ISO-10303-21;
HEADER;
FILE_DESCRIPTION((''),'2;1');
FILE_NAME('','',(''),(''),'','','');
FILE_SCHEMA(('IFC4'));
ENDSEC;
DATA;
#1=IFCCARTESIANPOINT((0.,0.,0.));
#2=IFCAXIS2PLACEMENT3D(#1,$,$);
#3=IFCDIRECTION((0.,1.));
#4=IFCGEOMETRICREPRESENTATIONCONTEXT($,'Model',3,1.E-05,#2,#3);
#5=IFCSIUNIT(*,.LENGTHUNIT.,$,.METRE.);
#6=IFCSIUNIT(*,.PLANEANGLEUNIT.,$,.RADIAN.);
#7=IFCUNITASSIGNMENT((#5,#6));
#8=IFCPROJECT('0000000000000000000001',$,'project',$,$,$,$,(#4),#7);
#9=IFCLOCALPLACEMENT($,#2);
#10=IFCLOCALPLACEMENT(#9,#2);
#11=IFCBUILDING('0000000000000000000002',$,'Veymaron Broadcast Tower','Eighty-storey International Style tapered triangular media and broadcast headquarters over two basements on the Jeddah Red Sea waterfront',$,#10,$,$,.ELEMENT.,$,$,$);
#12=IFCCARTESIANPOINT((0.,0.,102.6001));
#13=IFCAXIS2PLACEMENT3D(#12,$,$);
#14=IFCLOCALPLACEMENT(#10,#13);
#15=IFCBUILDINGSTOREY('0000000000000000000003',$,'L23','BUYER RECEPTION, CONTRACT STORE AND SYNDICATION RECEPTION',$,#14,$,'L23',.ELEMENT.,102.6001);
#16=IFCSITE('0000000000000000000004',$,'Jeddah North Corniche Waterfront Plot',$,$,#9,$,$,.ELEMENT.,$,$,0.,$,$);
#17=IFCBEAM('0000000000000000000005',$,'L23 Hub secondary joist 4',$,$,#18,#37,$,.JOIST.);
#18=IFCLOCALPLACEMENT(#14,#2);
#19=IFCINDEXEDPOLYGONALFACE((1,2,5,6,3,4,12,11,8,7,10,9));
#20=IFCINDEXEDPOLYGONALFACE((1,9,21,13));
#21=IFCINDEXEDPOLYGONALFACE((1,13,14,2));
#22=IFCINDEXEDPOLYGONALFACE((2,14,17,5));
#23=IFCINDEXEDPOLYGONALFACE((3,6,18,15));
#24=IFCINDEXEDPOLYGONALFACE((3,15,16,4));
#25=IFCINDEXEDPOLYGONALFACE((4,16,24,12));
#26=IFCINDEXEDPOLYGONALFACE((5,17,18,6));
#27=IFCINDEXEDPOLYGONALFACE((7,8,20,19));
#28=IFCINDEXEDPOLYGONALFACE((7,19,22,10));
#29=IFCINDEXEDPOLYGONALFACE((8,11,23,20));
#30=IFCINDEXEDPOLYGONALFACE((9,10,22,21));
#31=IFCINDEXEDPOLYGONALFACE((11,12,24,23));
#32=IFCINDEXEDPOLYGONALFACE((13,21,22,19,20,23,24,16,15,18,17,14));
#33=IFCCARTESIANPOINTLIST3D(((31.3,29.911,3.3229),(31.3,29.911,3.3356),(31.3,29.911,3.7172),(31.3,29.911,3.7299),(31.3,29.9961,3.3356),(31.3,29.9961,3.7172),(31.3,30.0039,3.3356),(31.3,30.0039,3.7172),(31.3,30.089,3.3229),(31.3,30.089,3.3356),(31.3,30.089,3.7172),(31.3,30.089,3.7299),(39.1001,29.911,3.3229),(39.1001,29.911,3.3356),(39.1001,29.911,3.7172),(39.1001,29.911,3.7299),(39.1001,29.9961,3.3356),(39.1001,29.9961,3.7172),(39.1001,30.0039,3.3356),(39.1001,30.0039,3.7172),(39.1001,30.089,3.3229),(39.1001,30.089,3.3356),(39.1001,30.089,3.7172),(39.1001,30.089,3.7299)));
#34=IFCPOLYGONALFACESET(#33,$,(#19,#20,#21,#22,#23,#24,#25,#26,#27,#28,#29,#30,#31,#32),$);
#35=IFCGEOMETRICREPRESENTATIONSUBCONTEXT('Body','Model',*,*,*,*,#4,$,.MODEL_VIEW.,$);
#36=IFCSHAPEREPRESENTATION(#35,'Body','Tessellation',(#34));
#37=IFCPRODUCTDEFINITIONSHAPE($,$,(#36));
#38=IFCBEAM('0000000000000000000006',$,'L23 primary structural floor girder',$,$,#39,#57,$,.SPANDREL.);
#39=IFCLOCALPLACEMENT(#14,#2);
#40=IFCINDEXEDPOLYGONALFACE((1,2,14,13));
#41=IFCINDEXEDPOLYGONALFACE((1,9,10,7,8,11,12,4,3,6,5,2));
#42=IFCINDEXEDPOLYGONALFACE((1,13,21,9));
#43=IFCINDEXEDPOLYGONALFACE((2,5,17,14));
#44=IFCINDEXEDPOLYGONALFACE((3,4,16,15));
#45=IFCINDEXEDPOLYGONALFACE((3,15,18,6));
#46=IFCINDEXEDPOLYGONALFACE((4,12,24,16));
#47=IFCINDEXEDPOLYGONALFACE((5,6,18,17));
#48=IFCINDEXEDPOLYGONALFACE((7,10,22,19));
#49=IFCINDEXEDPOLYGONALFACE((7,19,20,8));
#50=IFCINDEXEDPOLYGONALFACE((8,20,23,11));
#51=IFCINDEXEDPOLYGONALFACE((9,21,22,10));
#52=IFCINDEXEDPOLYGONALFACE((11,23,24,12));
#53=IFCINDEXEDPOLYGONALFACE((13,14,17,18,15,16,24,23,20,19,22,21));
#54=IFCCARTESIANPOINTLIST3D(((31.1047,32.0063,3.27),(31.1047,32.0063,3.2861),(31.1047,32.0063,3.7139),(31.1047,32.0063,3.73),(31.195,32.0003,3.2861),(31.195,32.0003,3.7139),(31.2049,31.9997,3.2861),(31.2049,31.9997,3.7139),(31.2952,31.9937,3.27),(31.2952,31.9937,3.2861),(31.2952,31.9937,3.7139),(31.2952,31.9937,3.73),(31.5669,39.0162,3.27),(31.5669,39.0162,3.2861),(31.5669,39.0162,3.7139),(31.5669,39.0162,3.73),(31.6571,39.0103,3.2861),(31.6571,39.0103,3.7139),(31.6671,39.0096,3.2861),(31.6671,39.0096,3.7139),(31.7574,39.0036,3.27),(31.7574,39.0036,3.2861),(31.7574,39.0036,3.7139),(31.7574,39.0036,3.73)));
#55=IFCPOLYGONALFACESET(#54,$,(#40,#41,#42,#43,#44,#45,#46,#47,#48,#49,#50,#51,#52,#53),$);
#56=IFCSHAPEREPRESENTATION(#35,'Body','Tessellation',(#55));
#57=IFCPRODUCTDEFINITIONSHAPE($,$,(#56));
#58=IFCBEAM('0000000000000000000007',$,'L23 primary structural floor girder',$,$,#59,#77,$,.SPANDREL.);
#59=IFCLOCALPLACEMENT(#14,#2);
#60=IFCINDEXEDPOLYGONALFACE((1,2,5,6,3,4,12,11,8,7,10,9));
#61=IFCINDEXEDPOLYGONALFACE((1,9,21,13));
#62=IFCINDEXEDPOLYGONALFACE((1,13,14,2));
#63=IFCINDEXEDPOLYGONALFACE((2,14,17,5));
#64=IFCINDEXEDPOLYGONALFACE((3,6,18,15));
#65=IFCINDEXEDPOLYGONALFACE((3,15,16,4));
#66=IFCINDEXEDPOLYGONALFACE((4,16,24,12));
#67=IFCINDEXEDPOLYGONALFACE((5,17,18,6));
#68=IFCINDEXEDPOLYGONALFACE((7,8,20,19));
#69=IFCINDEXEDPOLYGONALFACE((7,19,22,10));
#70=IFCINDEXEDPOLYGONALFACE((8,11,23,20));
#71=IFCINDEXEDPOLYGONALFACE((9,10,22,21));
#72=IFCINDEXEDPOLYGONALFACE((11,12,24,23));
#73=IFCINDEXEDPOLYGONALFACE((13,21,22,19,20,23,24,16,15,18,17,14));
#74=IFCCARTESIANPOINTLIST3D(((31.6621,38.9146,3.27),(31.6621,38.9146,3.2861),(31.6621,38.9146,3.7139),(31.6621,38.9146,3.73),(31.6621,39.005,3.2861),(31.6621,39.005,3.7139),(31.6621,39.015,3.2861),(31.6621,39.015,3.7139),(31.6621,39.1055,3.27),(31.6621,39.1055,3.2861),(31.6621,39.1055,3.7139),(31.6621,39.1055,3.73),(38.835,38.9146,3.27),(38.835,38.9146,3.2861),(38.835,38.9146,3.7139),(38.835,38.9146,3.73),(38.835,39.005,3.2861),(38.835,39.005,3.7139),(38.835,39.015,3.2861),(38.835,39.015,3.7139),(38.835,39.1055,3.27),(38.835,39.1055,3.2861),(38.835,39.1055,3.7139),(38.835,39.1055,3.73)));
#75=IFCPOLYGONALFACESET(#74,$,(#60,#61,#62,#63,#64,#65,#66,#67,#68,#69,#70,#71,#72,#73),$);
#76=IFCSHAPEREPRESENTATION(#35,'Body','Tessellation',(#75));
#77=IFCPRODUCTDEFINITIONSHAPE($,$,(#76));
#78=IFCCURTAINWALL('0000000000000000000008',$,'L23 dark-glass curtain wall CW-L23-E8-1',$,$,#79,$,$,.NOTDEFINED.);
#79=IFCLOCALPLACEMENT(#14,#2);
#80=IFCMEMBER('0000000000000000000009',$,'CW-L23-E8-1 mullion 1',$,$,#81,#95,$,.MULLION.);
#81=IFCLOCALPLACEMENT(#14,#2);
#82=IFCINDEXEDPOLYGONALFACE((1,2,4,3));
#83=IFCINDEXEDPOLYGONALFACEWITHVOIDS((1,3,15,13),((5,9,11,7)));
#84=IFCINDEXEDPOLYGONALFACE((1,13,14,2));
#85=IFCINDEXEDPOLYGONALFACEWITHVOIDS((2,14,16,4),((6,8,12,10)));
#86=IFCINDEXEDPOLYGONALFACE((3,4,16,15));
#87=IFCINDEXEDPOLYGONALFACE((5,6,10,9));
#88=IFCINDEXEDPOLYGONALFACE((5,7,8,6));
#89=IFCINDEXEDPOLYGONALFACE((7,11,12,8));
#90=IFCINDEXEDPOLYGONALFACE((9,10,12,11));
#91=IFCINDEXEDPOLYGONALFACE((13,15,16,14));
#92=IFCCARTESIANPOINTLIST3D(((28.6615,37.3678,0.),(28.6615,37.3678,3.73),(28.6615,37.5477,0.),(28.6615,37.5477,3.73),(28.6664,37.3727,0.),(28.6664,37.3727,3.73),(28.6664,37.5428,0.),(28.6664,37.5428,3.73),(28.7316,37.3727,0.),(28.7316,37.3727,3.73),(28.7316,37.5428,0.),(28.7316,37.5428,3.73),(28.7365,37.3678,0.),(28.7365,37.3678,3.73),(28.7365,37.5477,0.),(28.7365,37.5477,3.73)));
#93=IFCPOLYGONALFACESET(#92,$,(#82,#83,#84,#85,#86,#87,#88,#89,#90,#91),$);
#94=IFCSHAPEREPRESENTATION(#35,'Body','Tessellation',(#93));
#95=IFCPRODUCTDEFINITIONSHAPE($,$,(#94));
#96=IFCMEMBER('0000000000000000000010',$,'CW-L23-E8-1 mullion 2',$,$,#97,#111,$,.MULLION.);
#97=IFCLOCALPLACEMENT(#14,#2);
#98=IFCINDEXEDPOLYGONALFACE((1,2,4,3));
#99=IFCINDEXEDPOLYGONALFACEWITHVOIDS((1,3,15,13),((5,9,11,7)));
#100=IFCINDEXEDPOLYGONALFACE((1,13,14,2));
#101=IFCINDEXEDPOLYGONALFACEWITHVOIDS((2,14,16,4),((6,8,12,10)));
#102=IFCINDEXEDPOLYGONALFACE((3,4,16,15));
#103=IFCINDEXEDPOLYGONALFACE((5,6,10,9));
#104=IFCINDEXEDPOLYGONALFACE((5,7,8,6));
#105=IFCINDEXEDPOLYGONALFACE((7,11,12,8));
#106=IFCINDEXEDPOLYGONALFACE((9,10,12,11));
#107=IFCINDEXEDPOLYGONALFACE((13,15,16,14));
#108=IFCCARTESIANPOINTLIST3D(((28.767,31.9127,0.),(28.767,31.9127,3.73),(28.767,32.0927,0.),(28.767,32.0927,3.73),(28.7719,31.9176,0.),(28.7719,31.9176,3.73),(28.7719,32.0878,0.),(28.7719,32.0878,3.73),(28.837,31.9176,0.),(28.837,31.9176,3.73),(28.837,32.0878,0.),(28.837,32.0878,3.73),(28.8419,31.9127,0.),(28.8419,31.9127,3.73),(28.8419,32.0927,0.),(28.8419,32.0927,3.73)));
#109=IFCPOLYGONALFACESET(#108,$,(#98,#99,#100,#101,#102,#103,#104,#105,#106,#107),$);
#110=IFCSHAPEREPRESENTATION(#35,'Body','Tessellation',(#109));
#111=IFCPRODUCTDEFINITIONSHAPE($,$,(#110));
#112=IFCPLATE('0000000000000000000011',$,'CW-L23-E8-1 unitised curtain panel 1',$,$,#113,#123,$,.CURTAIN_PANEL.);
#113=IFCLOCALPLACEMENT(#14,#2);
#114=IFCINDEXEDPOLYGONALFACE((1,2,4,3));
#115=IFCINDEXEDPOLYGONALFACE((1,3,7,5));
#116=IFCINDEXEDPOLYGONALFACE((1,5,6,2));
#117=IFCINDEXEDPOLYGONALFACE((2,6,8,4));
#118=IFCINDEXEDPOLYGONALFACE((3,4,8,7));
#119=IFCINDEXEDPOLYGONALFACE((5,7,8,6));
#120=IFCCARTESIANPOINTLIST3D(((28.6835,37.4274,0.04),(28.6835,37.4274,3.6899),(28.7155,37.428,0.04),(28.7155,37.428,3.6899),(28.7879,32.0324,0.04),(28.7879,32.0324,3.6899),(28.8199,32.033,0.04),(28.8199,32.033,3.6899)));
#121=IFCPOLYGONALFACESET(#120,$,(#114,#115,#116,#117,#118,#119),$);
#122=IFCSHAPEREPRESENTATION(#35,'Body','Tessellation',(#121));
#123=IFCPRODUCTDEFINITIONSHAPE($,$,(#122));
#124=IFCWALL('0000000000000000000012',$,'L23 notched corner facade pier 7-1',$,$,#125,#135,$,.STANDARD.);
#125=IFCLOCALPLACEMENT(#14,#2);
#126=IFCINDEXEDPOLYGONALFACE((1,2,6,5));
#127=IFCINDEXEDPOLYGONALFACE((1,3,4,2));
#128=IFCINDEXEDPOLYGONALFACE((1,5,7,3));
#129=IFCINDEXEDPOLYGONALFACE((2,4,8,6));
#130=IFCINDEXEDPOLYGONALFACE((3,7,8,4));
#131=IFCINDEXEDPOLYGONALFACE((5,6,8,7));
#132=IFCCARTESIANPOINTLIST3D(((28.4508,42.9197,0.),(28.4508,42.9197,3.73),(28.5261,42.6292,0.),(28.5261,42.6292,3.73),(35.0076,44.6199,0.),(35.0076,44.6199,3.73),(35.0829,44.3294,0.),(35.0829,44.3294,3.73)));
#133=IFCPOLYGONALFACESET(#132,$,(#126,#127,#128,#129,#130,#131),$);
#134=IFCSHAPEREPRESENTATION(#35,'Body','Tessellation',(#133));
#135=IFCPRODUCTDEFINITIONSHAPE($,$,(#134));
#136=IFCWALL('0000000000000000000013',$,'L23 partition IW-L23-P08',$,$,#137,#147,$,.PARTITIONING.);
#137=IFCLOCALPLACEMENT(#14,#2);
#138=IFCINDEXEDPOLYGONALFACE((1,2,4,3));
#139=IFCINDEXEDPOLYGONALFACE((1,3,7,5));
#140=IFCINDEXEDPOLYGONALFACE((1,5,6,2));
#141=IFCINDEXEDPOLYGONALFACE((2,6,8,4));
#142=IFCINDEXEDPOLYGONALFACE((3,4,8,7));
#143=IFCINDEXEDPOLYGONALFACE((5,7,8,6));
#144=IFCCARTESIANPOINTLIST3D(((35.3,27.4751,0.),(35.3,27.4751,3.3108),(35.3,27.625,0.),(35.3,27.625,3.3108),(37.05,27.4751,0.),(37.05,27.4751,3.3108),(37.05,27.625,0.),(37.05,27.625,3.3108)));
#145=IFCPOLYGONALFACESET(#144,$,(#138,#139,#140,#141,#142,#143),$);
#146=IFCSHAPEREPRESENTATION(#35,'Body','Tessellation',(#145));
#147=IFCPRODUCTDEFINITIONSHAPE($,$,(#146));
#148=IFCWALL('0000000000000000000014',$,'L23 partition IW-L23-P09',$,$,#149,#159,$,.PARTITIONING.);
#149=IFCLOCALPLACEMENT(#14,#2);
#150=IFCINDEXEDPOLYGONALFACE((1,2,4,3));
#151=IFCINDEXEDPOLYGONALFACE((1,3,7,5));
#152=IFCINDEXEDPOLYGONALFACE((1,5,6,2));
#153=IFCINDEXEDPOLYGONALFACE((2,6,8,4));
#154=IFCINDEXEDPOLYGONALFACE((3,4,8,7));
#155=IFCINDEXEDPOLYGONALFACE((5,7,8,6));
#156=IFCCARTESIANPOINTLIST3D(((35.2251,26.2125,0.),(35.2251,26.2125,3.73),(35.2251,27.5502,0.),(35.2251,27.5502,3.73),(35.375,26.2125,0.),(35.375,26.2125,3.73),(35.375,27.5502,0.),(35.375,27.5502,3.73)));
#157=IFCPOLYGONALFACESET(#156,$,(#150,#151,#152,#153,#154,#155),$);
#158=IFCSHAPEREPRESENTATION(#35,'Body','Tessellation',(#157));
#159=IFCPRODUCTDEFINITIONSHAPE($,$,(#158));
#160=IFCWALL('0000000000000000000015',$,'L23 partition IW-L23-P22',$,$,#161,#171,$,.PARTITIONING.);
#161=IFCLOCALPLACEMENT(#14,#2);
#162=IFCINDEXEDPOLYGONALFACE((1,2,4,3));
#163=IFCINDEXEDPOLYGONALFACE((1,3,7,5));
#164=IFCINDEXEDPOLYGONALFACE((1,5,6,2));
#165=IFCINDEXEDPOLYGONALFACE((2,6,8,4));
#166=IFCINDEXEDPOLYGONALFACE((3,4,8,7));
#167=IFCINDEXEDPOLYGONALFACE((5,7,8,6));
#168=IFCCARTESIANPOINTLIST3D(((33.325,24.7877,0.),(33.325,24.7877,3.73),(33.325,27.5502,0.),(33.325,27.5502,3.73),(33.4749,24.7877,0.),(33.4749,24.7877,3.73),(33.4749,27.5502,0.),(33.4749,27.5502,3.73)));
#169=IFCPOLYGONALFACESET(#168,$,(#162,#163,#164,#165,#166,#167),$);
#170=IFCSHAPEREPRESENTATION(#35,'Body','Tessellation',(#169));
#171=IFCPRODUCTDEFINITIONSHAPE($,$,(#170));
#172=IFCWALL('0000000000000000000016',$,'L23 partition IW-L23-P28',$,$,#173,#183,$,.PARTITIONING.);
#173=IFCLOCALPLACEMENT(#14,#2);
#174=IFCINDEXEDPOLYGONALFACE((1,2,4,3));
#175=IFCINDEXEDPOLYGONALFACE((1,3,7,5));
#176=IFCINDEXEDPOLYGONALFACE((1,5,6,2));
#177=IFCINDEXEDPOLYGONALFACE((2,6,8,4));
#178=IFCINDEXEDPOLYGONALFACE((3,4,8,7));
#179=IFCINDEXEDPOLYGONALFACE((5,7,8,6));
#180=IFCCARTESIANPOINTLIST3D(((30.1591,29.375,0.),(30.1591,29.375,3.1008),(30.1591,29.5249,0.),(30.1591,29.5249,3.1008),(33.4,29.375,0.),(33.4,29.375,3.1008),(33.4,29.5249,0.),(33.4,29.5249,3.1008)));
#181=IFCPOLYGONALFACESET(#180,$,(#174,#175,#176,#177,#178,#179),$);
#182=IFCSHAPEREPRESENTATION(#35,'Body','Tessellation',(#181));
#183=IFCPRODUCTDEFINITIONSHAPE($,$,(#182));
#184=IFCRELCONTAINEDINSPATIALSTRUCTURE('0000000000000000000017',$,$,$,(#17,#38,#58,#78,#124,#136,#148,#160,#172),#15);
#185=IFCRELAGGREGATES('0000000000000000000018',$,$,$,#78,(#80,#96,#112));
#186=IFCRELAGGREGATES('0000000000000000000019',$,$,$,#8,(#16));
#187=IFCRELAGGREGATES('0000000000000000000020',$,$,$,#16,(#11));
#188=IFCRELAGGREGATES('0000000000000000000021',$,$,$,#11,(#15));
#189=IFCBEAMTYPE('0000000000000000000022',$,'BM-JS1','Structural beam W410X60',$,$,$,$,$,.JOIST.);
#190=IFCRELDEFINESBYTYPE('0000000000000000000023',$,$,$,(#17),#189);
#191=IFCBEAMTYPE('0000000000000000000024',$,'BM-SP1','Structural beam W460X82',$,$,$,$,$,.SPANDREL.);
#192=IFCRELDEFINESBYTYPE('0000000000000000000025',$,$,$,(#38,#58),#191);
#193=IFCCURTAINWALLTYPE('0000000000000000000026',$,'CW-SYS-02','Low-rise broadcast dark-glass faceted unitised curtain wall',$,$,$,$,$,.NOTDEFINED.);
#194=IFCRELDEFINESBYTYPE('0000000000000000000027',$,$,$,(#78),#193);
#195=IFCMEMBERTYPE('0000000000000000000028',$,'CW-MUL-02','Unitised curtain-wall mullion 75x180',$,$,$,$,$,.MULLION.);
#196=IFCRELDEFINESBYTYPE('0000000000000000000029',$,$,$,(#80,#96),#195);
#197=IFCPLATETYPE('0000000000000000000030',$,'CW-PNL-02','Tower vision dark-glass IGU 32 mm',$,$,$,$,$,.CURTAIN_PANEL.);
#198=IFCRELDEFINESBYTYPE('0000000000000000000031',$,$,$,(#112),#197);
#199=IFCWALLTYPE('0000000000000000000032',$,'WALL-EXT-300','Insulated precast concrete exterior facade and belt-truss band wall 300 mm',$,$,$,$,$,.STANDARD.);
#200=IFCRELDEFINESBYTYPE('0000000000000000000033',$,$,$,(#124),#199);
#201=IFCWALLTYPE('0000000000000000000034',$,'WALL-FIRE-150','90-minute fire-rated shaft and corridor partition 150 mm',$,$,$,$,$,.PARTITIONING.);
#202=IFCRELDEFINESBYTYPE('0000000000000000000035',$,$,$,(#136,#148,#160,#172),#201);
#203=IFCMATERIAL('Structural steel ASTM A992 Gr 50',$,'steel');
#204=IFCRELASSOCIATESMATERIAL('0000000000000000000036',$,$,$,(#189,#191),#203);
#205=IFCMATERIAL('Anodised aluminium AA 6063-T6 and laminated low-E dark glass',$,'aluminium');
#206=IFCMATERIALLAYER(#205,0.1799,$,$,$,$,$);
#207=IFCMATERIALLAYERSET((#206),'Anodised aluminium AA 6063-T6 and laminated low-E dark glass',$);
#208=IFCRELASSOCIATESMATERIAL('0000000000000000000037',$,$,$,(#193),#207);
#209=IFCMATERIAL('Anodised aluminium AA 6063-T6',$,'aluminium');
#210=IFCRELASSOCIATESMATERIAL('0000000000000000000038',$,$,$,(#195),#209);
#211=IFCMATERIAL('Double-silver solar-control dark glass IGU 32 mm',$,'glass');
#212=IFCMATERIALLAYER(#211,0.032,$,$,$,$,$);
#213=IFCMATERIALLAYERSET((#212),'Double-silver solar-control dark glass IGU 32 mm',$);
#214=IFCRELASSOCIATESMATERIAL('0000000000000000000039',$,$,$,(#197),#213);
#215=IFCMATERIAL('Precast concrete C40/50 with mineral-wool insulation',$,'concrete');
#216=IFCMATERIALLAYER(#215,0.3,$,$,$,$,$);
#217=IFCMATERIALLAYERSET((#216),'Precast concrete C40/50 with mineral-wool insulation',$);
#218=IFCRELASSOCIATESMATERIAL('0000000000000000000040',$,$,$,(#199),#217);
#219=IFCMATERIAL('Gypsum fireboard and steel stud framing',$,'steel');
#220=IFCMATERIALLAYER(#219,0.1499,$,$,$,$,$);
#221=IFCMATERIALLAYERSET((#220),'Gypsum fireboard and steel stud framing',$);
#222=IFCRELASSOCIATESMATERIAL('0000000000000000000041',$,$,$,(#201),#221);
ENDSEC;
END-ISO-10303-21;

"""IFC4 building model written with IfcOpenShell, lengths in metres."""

from ifc_helpers import new_model, si_unit, direction, frame, frame_2d, origin, origin_2d, place, context, subcontext, project, spatial, rectangle, hollow_rectangle, i_section, extrude, material, layer, layer_set, material_profile, profile_set, type_object, element, aggregate, save


model = new_model("IFC4")

# Units and contexts
model_context = context("Model", 3, precision=1e-05, world=origin(), true_north=direction((0.0, 1.0)))
body_context = subcontext(model_context, "Body", "Model", "MODEL_VIEW")
ifc_project = project(units=[si_unit("LENGTHUNIT", "METRE"), si_unit("PLANEANGLEUNIT", "RADIAN")], contexts=[model_context])

# Site, building, storey
site_placement = place(None, origin())
site = spatial("IfcSite", under=ifc_project, at=site_placement, Name="Jeddah North Corniche Waterfront Plot", CompositionType="ELEMENT", RefElevation=0.0)
building_placement = place(site_placement, origin())
building = spatial("IfcBuilding", under=site, at=building_placement, Name="Veymaron Broadcast Tower", Description="Eighty-storey International Style tapered triangular media and broadcast headquarters over two basements on the Jeddah Red Sea waterfront", CompositionType="ELEMENT")
storey_placement = place(building_placement, frame((0.0, 0.0, 102.6001)))
storey = spatial("IfcBuildingStorey", under=building, at=storey_placement, Name="L23", Description="BUYER RECEPTION, CONTRACT STORE AND SYNDICATION RECEPTION", LongName="L23", CompositionType="ELEMENT", Elevation=102.6001)

# Beams
ifc_material_1 = material(Name="Structural steel ASTM A992 Gr 50", Category="steel")
ifc_material_profile_1 = material_profile(ifc_material_1, i_section(OverallWidth=0.178, OverallDepth=0.407, WebThickness=0.0078, FlangeThickness=0.0127, at=origin_2d()), Name="W410X60")
ifc_profile_set_1 = profile_set([ifc_material_profile_1], Name="Structural steel ASTM A992 Gr 50")
beam_type_1 = type_object("IfcBeamType", Name="BM-JS1", Description="Structural beam W410X60", PredefinedType="JOIST", material=ifc_profile_set_1)
for number, where, z_axis, x_axis, name in (
    (1, (31.3, 30.0, 3.5264), (1.0, 0.0, 0.0), (0.0, 1.0, 0.0), "L23 Hub secondary joist 4"),
):
    element("IfcBeam", number, at=place(storey_placement, frame(where, z_axis=z_axis, x_axis=x_axis)), inside=storey, type_object=beam_type_1, Name=name, PredefinedType="JOIST", context=body_context, shape_type="SweptSolid", body=[
        extrude(i_section(OverallWidth=0.178, OverallDepth=0.407, WebThickness=0.0078, FlangeThickness=0.0127, at=origin_2d()), origin(), (0.0, 0.0, 1.0), 7.8),
    ])
ifc_material_profile_2 = material_profile(ifc_material_1, i_section(OverallWidth=0.1909, OverallDepth=0.46, WebThickness=0.01, FlangeThickness=0.0161, at=origin_2d()), Name="W460X82")
ifc_profile_set_2 = profile_set([ifc_material_profile_2], Name="Structural steel ASTM A992 Gr 50")
beam_type_2 = type_object("IfcBeamType", Name="BM-SP1", Description="Structural beam W460X82", PredefinedType="SPANDREL", material=ifc_profile_set_2)
beam_1_placement = place(storey_placement, frame((31.2, 32.0, 3.5), z_axis=(0.065786, 0.997834, 0.0), x_axis=(-0.997834, 0.065786, 0.0)))
element("IfcBeam", 2, at=beam_1_placement, inside=storey, type_object=beam_type_2, Name="L23 primary structural floor girder", PredefinedType="SPANDREL", context=body_context, shape_type="SweptSolid", body=[
    extrude(i_section(OverallWidth=0.1909, OverallDepth=0.46, WebThickness=0.01, FlangeThickness=0.0161, at=origin_2d()), origin(), (0.0, 0.0, 1.0), 7.0251),
])
beam_2_placement = place(storey_placement, frame((31.6621, 39.01, 3.5), z_axis=(1.0, 0.0, 0.0), x_axis=(0.0, 1.0, 0.0)))
element("IfcBeam", 3, at=beam_2_placement, inside=storey, type_object=beam_type_2, Name="L23 primary structural floor girder", PredefinedType="SPANDREL", context=body_context, shape_type="SweptSolid", body=[
    extrude(i_section(OverallWidth=0.1909, OverallDepth=0.46, WebThickness=0.01, FlangeThickness=0.0161, at=origin_2d()), origin(), (0.0, 0.0, 1.0), 7.1729),
])

# Curtain wall, members, plate
ifc_material_2 = material(Name="Anodised aluminium AA 6063-T6 and laminated low-E dark glass", Category="aluminium")
ifc_layer_1 = layer(ifc_material_2, 0.1799)
ifc_layer_set_1 = layer_set([ifc_layer_1], Name="Anodised aluminium AA 6063-T6 and laminated low-E dark glass")
curtain_wall_type = type_object("IfcCurtainWallType", Name="CW-SYS-02", Description="Low-rise broadcast dark-glass faceted unitised curtain wall", PredefinedType="NOTDEFINED", material=ifc_layer_set_1)
curtain_wall_placement = place(storey_placement, origin())
curtain_wall = element("IfcCurtainWall", 4, at=curtain_wall_placement, inside=storey, type_object=curtain_wall_type, Name="L23 dark-glass curtain wall CW-L23-E8-1", PredefinedType="NOTDEFINED")
ifc_material_3 = material(Name="Anodised aluminium AA 6063-T6", Category="aluminium")
ifc_material_profile_3 = material_profile(ifc_material_3, hollow_rectangle(XDim=0.075, YDim=0.1799, WallThickness=0.0049, at=origin_2d()), Name="AL180X75X5")
ifc_profile_set_3 = profile_set([ifc_material_profile_3], Name="Anodised aluminium AA 6063-T6")
member_type = type_object("IfcMemberType", Name="CW-MUL-02", Description="Unitised curtain-wall mullion 75x180", PredefinedType="MULLION", material=ifc_profile_set_3)
member_1_placement = place(storey_placement, frame((28.699, 37.4578, 0.0), z_axis=(0.0, 0.0, 1.0), x_axis=(1.0, 0.0, 0.0)))
member_1 = element("IfcMember", 5, at=member_1_placement, type_object=member_type, Name="CW-L23-E8-1 mullion 1", PredefinedType="MULLION", context=body_context, shape_type="SweptSolid", body=[
    extrude(hollow_rectangle(XDim=0.075, YDim=0.1799, WallThickness=0.0049, at=origin_2d()), origin(), (0.0, 0.0, 1.0), 3.73),
])
member_2_placement = place(storey_placement, frame((28.8044, 32.0027, 0.0), z_axis=(0.0, 0.0, 1.0), x_axis=(1.0, 0.0, 0.0)))
member_2 = element("IfcMember", 6, at=member_2_placement, type_object=member_type, Name="CW-L23-E8-1 mullion 2", PredefinedType="MULLION", context=body_context, shape_type="SweptSolid", body=[
    extrude(hollow_rectangle(XDim=0.075, YDim=0.1799, WallThickness=0.0049, at=origin_2d()), origin(), (0.0, 0.0, 1.0), 3.73),
])
ifc_material_4 = material(Name="Double-silver solar-control dark glass IGU 32 mm", Category="glass")
ifc_layer_2 = layer(ifc_material_4, 0.032)
ifc_layer_set_2 = layer_set([ifc_layer_2], Name="Double-silver solar-control dark glass IGU 32 mm")
plate_type = type_object("IfcPlateType", Name="CW-PNL-02", Description="Tower vision dark-glass IGU 32 mm", PredefinedType="CURTAIN_PANEL", material=ifc_layer_set_2)
plate_placement = place(storey_placement, frame((28.7517, 34.7302, 0.04), z_axis=(0.0, 0.0, 1.0), x_axis=(0.019354, -0.999813, 0.0)))
plate = element("IfcPlate", 7, at=plate_placement, type_object=plate_type, Name="CW-L23-E8-1 unitised curtain panel 1", PredefinedType="CURTAIN_PANEL", context=body_context, shape_type="SweptSolid", body=[
    extrude(rectangle(XDim=5.396, YDim=0.032, at=origin_2d()), origin(), (0.0, 0.0, 1.0), 3.6499),
])
aggregate(curtain_wall, [member_1, member_2, plate])

# Wall
ifc_material_5 = material(Name="Precast concrete C40/50 with mineral-wool insulation", Category="concrete")
ifc_layer_3 = layer(ifc_material_5, 0.3)
ifc_layer_set_3 = layer_set([ifc_layer_3], Name="Precast concrete C40/50 with mineral-wool insulation")
wall_type_1 = type_object("IfcWallType", Name="WALL-EXT-300", Description="Insulated precast concrete exterior facade and belt-truss band wall 300 mm", PredefinedType="STANDARD", material=ifc_layer_set_3)
wall_1_placement = place(storey_placement, frame((35.0452, 44.4746, 0.0), z_axis=(0.0, 0.0, 1.0), x_axis=(-0.967987, -0.250998, 0.0)))
element("IfcWall", 8, at=wall_1_placement, inside=storey, type_object=wall_type_1, Name="L23 notched corner facade pier 7-1", PredefinedType="STANDARD", context=body_context, shape_type="SweptSolid", body=[
    extrude(rectangle(XDim=6.7737, YDim=0.3, at=frame_2d((3.3867, 0.0))), origin(), (0.0, 0.0, 1.0), 3.73),
])

# Shared definitions
ifc_material_6 = material(Name="Gypsum fireboard and steel stud framing", Category="steel")
ifc_layer_4 = layer(ifc_material_6, 0.1499)
ifc_layer_set_4 = layer_set([ifc_layer_4], Name="Gypsum fireboard and steel stud framing")
wall_type_2 = type_object("IfcWallType", Name="WALL-FIRE-150", Description="90-minute fire-rated shaft and corridor partition 150 mm", PredefinedType="PARTITIONING", material=ifc_layer_set_4)

# Walls
wall_2_placement = place(storey_placement, frame((35.3, 27.55, 0.0), z_axis=(0.0, 0.0, 1.0), x_axis=(1.0, 0.0, 0.0)))
element("IfcWall", 9, at=wall_2_placement, inside=storey, type_object=wall_type_2, Name="L23 partition IW-L23-P08", PredefinedType="PARTITIONING", context=body_context, shape_type="SweptSolid", body=[
    extrude(rectangle(XDim=1.75, YDim=0.1499, at=frame_2d((0.875, 0.0))), origin(), (0.0, 0.0, 1.0), 3.3108),
])
wall_3_placement = place(storey_placement, frame((35.3, 26.2124, 0.0), z_axis=(0.0, 0.0, 1.0), x_axis=(0.0, 1.0, 0.0)))
element("IfcWall", 10, at=wall_3_placement, inside=storey, type_object=wall_type_2, Name="L23 partition IW-L23-P09", PredefinedType="PARTITIONING", context=body_context, shape_type="SweptSolid", body=[
    extrude(rectangle(XDim=1.3376, YDim=0.1499, at=frame_2d((0.6689, 0.0))), origin(), (0.0, 0.0, 1.0), 3.73),
])
wall_4_placement = place(storey_placement, frame((33.3999, 24.7876, 0.0), z_axis=(0.0, 0.0, 1.0), x_axis=(0.0, 1.0, 0.0)))
element("IfcWall", 11, at=wall_4_placement, inside=storey, type_object=wall_type_2, Name="L23 partition IW-L23-P22", PredefinedType="PARTITIONING", context=body_context, shape_type="SweptSolid", body=[
    extrude(rectangle(XDim=2.7625, YDim=0.1499, at=frame_2d((1.3813, 0.0))), origin(), (0.0, 0.0, 1.0), 3.73),
])
wall_5_placement = place(storey_placement, frame((30.1589, 29.45, 0.0), z_axis=(0.0, 0.0, 1.0), x_axis=(1.0, 0.0, 0.0)))
element("IfcWall", 12, at=wall_5_placement, inside=storey, type_object=wall_type_2, Name="L23 partition IW-L23-P28", PredefinedType="PARTITIONING", context=body_context, shape_type="SweptSolid", body=[
    extrude(rectangle(XDim=3.241, YDim=0.1499, at=frame_2d((1.6206, 0.0))), origin(), (0.0, 0.0, 1.0), 3.1008),
])

save(model, "model.ifc")
